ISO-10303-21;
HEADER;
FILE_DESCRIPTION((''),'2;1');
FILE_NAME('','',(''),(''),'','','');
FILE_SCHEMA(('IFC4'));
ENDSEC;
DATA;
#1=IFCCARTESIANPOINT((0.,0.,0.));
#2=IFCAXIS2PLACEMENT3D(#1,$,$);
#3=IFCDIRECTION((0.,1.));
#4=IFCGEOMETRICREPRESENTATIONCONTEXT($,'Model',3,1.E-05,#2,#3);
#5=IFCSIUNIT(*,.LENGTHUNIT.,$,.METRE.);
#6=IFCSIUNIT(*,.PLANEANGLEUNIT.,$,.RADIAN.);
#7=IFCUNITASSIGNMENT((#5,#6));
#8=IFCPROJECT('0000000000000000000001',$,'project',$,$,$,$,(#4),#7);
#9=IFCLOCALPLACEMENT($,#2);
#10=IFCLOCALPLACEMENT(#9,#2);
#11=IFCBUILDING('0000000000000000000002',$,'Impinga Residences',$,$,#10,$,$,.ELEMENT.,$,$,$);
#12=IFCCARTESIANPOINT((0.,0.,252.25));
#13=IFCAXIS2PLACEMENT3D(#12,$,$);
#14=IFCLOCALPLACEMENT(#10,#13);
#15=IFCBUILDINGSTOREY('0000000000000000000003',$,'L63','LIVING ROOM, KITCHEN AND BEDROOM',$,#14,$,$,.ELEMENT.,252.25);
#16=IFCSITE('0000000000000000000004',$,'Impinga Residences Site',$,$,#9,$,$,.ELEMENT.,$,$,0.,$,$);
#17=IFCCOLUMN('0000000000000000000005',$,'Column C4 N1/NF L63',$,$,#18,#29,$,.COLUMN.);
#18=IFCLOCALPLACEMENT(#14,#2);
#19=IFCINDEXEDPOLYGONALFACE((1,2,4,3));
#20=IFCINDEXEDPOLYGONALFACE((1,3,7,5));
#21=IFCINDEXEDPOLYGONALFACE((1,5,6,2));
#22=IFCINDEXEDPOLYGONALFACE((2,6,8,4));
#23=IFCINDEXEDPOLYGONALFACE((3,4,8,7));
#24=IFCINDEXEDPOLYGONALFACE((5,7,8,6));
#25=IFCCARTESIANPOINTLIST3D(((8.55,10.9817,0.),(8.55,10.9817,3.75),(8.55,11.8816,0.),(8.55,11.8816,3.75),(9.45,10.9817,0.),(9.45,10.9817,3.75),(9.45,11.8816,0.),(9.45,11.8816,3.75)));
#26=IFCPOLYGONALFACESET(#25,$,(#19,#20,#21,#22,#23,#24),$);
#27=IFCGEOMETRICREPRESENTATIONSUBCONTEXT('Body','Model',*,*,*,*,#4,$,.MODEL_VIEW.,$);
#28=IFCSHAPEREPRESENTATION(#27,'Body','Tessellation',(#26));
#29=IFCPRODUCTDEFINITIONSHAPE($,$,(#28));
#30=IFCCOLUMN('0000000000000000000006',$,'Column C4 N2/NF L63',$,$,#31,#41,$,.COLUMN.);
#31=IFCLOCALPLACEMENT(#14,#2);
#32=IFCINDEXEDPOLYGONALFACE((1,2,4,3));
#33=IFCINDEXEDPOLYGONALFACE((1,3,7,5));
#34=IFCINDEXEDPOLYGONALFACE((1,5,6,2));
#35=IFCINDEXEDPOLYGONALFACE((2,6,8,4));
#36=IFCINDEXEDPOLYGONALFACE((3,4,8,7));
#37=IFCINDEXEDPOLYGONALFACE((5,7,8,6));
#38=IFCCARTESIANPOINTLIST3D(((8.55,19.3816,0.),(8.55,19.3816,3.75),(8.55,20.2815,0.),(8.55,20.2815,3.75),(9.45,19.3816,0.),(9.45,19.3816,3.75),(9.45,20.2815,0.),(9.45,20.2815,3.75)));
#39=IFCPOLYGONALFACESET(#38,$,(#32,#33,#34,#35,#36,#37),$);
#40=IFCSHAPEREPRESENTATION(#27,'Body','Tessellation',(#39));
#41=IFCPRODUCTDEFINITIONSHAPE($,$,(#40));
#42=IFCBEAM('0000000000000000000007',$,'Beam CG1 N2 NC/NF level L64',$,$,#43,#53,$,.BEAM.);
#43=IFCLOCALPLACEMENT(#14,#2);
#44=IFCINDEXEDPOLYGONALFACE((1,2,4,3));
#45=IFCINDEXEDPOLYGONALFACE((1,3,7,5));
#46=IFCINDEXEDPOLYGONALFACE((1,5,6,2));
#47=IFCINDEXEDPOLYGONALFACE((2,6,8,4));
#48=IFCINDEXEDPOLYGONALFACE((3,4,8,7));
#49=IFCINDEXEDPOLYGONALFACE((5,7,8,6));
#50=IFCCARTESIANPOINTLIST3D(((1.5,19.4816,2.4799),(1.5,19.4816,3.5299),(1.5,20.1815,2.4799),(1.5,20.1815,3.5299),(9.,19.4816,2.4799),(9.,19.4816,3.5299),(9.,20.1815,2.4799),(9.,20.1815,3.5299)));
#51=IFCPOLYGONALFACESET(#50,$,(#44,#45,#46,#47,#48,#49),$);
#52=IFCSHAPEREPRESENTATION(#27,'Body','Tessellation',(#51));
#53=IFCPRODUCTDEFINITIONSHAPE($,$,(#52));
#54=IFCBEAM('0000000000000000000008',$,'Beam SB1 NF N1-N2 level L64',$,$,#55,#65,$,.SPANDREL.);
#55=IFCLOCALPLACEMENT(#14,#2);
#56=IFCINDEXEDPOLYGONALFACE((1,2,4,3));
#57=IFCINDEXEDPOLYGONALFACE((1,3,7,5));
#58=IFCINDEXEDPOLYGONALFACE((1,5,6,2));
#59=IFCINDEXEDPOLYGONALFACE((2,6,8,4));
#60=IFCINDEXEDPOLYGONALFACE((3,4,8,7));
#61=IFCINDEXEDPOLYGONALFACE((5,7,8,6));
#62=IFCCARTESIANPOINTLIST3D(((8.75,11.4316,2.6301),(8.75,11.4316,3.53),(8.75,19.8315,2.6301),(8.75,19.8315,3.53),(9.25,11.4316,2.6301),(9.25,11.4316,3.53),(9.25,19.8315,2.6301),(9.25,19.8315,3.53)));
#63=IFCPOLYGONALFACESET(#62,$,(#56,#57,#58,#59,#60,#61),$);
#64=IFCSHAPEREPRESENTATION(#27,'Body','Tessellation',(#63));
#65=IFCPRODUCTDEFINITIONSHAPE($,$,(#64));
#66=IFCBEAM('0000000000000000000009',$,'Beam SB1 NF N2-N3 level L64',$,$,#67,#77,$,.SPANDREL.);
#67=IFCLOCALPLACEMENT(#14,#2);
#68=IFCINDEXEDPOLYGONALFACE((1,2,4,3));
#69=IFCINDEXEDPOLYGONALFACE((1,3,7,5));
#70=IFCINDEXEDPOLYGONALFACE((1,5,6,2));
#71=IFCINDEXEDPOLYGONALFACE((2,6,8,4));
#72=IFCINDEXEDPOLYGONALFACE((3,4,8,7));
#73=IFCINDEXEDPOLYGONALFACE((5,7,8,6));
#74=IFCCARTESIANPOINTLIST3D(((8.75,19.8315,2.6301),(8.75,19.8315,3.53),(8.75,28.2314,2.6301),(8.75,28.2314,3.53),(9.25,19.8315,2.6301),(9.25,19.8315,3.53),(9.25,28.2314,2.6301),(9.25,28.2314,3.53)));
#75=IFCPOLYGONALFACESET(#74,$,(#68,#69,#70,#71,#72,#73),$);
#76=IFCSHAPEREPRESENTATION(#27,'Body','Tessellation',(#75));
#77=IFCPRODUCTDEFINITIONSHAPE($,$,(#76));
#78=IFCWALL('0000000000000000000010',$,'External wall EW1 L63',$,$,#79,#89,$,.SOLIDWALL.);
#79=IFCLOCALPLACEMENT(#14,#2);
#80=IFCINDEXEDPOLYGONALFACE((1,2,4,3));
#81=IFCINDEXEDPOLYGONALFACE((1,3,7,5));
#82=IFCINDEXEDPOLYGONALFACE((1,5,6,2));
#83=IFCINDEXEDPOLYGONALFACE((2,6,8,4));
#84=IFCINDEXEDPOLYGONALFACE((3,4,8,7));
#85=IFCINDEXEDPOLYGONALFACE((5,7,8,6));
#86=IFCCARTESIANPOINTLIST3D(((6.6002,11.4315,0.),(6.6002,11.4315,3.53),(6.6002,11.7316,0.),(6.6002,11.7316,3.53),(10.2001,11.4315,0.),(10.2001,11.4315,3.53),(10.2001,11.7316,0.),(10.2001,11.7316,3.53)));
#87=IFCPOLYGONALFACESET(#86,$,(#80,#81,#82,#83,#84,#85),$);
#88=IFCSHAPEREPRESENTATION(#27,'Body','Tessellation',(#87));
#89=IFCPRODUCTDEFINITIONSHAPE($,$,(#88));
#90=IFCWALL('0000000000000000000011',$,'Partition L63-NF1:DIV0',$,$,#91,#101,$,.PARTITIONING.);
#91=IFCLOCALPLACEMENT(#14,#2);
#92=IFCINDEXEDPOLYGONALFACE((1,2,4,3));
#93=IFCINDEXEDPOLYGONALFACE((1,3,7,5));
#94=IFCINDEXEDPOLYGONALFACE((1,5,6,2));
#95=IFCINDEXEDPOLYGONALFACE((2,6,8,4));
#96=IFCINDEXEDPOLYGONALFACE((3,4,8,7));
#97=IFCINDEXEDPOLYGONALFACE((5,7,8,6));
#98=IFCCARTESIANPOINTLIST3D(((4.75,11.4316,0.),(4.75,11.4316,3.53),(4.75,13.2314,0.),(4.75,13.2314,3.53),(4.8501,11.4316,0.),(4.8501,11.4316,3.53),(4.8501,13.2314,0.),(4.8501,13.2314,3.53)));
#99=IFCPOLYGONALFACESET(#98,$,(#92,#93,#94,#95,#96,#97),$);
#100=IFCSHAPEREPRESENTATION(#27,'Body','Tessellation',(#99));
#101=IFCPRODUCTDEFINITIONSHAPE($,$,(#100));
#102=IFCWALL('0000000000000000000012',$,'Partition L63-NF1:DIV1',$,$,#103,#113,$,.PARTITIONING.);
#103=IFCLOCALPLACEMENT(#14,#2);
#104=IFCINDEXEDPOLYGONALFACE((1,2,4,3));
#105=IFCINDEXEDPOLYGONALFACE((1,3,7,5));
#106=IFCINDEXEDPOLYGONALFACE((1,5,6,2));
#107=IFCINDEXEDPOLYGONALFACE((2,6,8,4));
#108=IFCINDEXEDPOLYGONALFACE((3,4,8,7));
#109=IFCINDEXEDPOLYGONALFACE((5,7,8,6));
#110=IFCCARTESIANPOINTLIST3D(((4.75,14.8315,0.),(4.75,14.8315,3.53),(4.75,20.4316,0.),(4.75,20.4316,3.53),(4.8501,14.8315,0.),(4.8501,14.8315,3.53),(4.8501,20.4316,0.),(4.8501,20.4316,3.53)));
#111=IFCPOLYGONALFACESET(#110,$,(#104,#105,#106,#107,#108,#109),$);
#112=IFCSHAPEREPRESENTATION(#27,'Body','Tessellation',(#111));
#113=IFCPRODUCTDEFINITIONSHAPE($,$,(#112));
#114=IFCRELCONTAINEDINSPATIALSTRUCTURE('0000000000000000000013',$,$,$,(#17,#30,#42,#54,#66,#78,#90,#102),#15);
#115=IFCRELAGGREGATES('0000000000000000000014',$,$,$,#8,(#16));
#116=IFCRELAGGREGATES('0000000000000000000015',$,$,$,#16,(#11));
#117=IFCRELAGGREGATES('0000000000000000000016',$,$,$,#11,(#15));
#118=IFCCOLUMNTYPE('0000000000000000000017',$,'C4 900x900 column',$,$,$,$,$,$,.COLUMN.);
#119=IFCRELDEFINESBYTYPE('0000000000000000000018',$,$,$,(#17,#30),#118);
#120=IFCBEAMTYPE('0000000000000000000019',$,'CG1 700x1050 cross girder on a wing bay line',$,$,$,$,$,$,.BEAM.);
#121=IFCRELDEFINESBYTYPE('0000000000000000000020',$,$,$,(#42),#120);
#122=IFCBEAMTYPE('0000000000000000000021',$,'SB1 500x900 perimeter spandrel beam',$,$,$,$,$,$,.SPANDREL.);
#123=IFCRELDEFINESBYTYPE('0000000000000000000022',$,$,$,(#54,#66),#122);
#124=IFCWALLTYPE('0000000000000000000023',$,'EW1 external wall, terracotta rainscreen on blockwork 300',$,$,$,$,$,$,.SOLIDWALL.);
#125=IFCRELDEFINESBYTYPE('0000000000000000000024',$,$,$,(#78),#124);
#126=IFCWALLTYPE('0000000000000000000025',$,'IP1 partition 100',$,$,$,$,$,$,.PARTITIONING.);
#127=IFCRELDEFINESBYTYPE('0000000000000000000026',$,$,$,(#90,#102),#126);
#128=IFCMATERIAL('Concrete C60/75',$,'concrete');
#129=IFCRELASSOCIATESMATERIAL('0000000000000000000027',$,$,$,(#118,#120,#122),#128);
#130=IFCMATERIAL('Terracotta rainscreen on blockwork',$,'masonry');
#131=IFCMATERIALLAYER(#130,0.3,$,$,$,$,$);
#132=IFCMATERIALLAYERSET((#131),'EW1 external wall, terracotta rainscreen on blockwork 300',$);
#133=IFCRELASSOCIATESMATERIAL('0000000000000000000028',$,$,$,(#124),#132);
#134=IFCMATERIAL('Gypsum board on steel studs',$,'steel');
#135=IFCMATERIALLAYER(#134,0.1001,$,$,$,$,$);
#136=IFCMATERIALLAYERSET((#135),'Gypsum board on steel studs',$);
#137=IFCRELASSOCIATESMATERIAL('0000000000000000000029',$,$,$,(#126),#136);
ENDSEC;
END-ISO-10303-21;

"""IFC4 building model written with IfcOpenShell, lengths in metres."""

from ifc_helpers import new_model, si_unit, direction, frame, frame_2d, origin, origin_2d, place, context, subcontext, project, spatial, rectangle, extrude, material, layer, layer_set, material_profile, profile_set, type_object, element, save


model = new_model("IFC4")

# Units and contexts
model_context = context("Model", 3, precision=1e-05, world=origin(), true_north=direction((0.0, 1.0)))
body_context = subcontext(model_context, "Body", "Model", "MODEL_VIEW")
ifc_project = project(units=[si_unit("LENGTHUNIT", "METRE"), si_unit("PLANEANGLEUNIT", "RADIAN")], contexts=[model_context])

# Site, building, storey
site_placement = place(None, origin())
site = spatial("IfcSite", under=ifc_project, at=site_placement, Name="Impinga Residences Site", CompositionType="ELEMENT", RefElevation=0.0)
building_placement = place(site_placement, origin())
building = spatial("IfcBuilding", under=site, at=building_placement, Name="Impinga Residences", CompositionType="ELEMENT")
storey_placement = place(building_placement, frame((0.0, 0.0, 252.25)))
storey = spatial("IfcBuildingStorey", under=building, at=storey_placement, Name="L63", Description="LIVING ROOM, KITCHEN AND BEDROOM", CompositionType="ELEMENT", Elevation=252.25)

# Columns
ifc_material_1 = material(Name="Concrete C60/75", Category="concrete")
ifc_material_profile_1 = material_profile(ifc_material_1, rectangle(XDim=0.8999, YDim=0.8999, at=origin_2d()), Name="RC 900x900")
ifc_profile_set_1 = profile_set([ifc_material_profile_1], Name="Concrete C60/75")
column_type = type_object("IfcColumnType", Name="C4 900x900 column", PredefinedType="COLUMN", material=ifc_profile_set_1)
for number, where, z_axis, x_axis, name in (
    (1, (9.0, 11.4316, 0.0), (0.0, 0.0, 1.0), (1.0, 0.0, 0.0), "Column C4 N1/NF L63"),
    (2, (9.0, 19.8315, 0.0), (0.0, 0.0, 1.0), (1.0, 0.0, 0.0), "Column C4 N2/NF L63"),
):
    element("IfcColumn", number, at=place(storey_placement, frame(where, z_axis=z_axis, x_axis=x_axis)), inside=storey, type_object=column_type, Name=name, PredefinedType="COLUMN", context=body_context, shape_type="SweptSolid", body=[
        extrude(rectangle(XDim=0.8999, YDim=0.8999, at=origin_2d()), origin(), (0.0, 0.0, 1.0), 3.75),
    ])

# Beams
ifc_material_profile_2 = material_profile(ifc_material_1, rectangle(XDim=0.7, YDim=1.05, at=origin_2d()), Name="RC 700x1050")
ifc_profile_set_2 = profile_set([ifc_material_profile_2], Name="Concrete C60/75")
beam_type_1 = type_object("IfcBeamType", Name="CG1 700x1050 cross girder on a wing bay line", PredefinedType="BEAM", material=ifc_profile_set_2)
beam_placement = place(storey_placement, frame((1.5, 19.8315, 3.0049), z_axis=(1.0, 0.0, 0.0), x_axis=(0.0, 1.0, 0.0)))
element("IfcBeam", 3, at=beam_placement, inside=storey, type_object=beam_type_1, Name="Beam CG1 N2 NC/NF level L64", PredefinedType="BEAM", context=body_context, shape_type="SweptSolid", body=[
    extrude(rectangle(XDim=0.7, YDim=1.05, at=origin_2d()), origin(), (0.0, 0.0, 1.0), 7.5),
])
ifc_material_profile_3 = material_profile(ifc_material_1, rectangle(XDim=0.5, YDim=0.8999, at=origin_2d()), Name="RC 500x900")
ifc_profile_set_3 = profile_set([ifc_material_profile_3], Name="Concrete C60/75")
beam_type_2 = type_object("IfcBeamType", Name="SB1 500x900 perimeter spandrel beam", PredefinedType="SPANDREL", material=ifc_profile_set_3)
for number, where, z_axis, x_axis, name in (
    (4, (9.0, 11.4316, 3.0801), (0.0, 1.0, 0.0), (-1.0, 0.0, 0.0), "Beam SB1 NF N1-N2 level L64"),
    (5, (9.0, 19.8315, 3.0801), (0.0, 1.0, 0.0), (-1.0, 0.0, 0.0), "Beam SB1 NF N2-N3 level L64"),
):
    element("IfcBeam", number, at=place(storey_placement, frame(where, z_axis=z_axis, x_axis=x_axis)), inside=storey, type_object=beam_type_2, Name=name, PredefinedType="SPANDREL", context=body_context, shape_type="SweptSolid", body=[
        extrude(rectangle(XDim=0.5, YDim=0.8999, at=origin_2d()), origin(), (0.0, 0.0, 1.0), 8.3999),
    ])

# Walls
ifc_material_2 = material(Name="Terracotta rainscreen on blockwork", Category="masonry")
ifc_layer_1 = layer(ifc_material_2, 0.3)
ifc_layer_set_1 = layer_set([ifc_layer_1], Name="EW1 external wall, terracotta rainscreen on blockwork 300")
wall_type_1 = type_object("IfcWallType", Name="EW1 external wall, terracotta rainscreen on blockwork 300", PredefinedType="SOLIDWALL", material=ifc_layer_set_1)
wall_1_placement = place(storey_placement, frame((10.2, 11.5815, 0.0), z_axis=(0.0, 0.0, 1.0), x_axis=(-1.0, 0.0, 0.0)))
element("IfcWall", 6, at=wall_1_placement, inside=storey, type_object=wall_type_1, Name="External wall EW1 L63", PredefinedType="SOLIDWALL", context=body_context, shape_type="SweptSolid", body=[
    extrude(rectangle(XDim=3.5999, YDim=0.3, at=frame_2d((1.7998, 0.0))), origin(), (0.0, 0.0, 1.0), 3.53),
])
ifc_material_3 = material(Name="Gypsum board on steel studs", Category="steel")
ifc_layer_2 = layer(ifc_material_3, 0.1001)
ifc_layer_set_2 = layer_set([ifc_layer_2], Name="Gypsum board on steel studs")
wall_type_2 = type_object("IfcWallType", Name="IP1 partition 100", PredefinedType="PARTITIONING", material=ifc_layer_set_2)
wall_2_placement = place(storey_placement, frame((4.8, 11.4316, 0.0), z_axis=(0.0, 0.0, 1.0), x_axis=(0.0, 1.0, 0.0)))
element("IfcWall", 7, at=wall_2_placement, inside=storey, type_object=wall_type_2, Name="Partition L63-NF1:DIV0", PredefinedType="PARTITIONING", context=body_context, shape_type="SweptSolid", body=[
    extrude(rectangle(XDim=1.7998, YDim=0.1001, at=frame_2d((0.8999, 0.0))), origin(), (0.0, 0.0, 1.0), 3.53),
])
wall_3_placement = place(storey_placement, frame((4.8, 14.8315, 0.0), z_axis=(0.0, 0.0, 1.0), x_axis=(0.0, 1.0, 0.0)))
element("IfcWall", 8, at=wall_3_placement, inside=storey, type_object=wall_type_2, Name="Partition L63-NF1:DIV1", PredefinedType="PARTITIONING", context=body_context, shape_type="SweptSolid", body=[
    extrude(rectangle(XDim=5.6001, YDim=0.1001, at=frame_2d((2.8, 0.0))), origin(), (0.0, 0.0, 1.0), 3.53),
])

save(model, "model.ifc")
